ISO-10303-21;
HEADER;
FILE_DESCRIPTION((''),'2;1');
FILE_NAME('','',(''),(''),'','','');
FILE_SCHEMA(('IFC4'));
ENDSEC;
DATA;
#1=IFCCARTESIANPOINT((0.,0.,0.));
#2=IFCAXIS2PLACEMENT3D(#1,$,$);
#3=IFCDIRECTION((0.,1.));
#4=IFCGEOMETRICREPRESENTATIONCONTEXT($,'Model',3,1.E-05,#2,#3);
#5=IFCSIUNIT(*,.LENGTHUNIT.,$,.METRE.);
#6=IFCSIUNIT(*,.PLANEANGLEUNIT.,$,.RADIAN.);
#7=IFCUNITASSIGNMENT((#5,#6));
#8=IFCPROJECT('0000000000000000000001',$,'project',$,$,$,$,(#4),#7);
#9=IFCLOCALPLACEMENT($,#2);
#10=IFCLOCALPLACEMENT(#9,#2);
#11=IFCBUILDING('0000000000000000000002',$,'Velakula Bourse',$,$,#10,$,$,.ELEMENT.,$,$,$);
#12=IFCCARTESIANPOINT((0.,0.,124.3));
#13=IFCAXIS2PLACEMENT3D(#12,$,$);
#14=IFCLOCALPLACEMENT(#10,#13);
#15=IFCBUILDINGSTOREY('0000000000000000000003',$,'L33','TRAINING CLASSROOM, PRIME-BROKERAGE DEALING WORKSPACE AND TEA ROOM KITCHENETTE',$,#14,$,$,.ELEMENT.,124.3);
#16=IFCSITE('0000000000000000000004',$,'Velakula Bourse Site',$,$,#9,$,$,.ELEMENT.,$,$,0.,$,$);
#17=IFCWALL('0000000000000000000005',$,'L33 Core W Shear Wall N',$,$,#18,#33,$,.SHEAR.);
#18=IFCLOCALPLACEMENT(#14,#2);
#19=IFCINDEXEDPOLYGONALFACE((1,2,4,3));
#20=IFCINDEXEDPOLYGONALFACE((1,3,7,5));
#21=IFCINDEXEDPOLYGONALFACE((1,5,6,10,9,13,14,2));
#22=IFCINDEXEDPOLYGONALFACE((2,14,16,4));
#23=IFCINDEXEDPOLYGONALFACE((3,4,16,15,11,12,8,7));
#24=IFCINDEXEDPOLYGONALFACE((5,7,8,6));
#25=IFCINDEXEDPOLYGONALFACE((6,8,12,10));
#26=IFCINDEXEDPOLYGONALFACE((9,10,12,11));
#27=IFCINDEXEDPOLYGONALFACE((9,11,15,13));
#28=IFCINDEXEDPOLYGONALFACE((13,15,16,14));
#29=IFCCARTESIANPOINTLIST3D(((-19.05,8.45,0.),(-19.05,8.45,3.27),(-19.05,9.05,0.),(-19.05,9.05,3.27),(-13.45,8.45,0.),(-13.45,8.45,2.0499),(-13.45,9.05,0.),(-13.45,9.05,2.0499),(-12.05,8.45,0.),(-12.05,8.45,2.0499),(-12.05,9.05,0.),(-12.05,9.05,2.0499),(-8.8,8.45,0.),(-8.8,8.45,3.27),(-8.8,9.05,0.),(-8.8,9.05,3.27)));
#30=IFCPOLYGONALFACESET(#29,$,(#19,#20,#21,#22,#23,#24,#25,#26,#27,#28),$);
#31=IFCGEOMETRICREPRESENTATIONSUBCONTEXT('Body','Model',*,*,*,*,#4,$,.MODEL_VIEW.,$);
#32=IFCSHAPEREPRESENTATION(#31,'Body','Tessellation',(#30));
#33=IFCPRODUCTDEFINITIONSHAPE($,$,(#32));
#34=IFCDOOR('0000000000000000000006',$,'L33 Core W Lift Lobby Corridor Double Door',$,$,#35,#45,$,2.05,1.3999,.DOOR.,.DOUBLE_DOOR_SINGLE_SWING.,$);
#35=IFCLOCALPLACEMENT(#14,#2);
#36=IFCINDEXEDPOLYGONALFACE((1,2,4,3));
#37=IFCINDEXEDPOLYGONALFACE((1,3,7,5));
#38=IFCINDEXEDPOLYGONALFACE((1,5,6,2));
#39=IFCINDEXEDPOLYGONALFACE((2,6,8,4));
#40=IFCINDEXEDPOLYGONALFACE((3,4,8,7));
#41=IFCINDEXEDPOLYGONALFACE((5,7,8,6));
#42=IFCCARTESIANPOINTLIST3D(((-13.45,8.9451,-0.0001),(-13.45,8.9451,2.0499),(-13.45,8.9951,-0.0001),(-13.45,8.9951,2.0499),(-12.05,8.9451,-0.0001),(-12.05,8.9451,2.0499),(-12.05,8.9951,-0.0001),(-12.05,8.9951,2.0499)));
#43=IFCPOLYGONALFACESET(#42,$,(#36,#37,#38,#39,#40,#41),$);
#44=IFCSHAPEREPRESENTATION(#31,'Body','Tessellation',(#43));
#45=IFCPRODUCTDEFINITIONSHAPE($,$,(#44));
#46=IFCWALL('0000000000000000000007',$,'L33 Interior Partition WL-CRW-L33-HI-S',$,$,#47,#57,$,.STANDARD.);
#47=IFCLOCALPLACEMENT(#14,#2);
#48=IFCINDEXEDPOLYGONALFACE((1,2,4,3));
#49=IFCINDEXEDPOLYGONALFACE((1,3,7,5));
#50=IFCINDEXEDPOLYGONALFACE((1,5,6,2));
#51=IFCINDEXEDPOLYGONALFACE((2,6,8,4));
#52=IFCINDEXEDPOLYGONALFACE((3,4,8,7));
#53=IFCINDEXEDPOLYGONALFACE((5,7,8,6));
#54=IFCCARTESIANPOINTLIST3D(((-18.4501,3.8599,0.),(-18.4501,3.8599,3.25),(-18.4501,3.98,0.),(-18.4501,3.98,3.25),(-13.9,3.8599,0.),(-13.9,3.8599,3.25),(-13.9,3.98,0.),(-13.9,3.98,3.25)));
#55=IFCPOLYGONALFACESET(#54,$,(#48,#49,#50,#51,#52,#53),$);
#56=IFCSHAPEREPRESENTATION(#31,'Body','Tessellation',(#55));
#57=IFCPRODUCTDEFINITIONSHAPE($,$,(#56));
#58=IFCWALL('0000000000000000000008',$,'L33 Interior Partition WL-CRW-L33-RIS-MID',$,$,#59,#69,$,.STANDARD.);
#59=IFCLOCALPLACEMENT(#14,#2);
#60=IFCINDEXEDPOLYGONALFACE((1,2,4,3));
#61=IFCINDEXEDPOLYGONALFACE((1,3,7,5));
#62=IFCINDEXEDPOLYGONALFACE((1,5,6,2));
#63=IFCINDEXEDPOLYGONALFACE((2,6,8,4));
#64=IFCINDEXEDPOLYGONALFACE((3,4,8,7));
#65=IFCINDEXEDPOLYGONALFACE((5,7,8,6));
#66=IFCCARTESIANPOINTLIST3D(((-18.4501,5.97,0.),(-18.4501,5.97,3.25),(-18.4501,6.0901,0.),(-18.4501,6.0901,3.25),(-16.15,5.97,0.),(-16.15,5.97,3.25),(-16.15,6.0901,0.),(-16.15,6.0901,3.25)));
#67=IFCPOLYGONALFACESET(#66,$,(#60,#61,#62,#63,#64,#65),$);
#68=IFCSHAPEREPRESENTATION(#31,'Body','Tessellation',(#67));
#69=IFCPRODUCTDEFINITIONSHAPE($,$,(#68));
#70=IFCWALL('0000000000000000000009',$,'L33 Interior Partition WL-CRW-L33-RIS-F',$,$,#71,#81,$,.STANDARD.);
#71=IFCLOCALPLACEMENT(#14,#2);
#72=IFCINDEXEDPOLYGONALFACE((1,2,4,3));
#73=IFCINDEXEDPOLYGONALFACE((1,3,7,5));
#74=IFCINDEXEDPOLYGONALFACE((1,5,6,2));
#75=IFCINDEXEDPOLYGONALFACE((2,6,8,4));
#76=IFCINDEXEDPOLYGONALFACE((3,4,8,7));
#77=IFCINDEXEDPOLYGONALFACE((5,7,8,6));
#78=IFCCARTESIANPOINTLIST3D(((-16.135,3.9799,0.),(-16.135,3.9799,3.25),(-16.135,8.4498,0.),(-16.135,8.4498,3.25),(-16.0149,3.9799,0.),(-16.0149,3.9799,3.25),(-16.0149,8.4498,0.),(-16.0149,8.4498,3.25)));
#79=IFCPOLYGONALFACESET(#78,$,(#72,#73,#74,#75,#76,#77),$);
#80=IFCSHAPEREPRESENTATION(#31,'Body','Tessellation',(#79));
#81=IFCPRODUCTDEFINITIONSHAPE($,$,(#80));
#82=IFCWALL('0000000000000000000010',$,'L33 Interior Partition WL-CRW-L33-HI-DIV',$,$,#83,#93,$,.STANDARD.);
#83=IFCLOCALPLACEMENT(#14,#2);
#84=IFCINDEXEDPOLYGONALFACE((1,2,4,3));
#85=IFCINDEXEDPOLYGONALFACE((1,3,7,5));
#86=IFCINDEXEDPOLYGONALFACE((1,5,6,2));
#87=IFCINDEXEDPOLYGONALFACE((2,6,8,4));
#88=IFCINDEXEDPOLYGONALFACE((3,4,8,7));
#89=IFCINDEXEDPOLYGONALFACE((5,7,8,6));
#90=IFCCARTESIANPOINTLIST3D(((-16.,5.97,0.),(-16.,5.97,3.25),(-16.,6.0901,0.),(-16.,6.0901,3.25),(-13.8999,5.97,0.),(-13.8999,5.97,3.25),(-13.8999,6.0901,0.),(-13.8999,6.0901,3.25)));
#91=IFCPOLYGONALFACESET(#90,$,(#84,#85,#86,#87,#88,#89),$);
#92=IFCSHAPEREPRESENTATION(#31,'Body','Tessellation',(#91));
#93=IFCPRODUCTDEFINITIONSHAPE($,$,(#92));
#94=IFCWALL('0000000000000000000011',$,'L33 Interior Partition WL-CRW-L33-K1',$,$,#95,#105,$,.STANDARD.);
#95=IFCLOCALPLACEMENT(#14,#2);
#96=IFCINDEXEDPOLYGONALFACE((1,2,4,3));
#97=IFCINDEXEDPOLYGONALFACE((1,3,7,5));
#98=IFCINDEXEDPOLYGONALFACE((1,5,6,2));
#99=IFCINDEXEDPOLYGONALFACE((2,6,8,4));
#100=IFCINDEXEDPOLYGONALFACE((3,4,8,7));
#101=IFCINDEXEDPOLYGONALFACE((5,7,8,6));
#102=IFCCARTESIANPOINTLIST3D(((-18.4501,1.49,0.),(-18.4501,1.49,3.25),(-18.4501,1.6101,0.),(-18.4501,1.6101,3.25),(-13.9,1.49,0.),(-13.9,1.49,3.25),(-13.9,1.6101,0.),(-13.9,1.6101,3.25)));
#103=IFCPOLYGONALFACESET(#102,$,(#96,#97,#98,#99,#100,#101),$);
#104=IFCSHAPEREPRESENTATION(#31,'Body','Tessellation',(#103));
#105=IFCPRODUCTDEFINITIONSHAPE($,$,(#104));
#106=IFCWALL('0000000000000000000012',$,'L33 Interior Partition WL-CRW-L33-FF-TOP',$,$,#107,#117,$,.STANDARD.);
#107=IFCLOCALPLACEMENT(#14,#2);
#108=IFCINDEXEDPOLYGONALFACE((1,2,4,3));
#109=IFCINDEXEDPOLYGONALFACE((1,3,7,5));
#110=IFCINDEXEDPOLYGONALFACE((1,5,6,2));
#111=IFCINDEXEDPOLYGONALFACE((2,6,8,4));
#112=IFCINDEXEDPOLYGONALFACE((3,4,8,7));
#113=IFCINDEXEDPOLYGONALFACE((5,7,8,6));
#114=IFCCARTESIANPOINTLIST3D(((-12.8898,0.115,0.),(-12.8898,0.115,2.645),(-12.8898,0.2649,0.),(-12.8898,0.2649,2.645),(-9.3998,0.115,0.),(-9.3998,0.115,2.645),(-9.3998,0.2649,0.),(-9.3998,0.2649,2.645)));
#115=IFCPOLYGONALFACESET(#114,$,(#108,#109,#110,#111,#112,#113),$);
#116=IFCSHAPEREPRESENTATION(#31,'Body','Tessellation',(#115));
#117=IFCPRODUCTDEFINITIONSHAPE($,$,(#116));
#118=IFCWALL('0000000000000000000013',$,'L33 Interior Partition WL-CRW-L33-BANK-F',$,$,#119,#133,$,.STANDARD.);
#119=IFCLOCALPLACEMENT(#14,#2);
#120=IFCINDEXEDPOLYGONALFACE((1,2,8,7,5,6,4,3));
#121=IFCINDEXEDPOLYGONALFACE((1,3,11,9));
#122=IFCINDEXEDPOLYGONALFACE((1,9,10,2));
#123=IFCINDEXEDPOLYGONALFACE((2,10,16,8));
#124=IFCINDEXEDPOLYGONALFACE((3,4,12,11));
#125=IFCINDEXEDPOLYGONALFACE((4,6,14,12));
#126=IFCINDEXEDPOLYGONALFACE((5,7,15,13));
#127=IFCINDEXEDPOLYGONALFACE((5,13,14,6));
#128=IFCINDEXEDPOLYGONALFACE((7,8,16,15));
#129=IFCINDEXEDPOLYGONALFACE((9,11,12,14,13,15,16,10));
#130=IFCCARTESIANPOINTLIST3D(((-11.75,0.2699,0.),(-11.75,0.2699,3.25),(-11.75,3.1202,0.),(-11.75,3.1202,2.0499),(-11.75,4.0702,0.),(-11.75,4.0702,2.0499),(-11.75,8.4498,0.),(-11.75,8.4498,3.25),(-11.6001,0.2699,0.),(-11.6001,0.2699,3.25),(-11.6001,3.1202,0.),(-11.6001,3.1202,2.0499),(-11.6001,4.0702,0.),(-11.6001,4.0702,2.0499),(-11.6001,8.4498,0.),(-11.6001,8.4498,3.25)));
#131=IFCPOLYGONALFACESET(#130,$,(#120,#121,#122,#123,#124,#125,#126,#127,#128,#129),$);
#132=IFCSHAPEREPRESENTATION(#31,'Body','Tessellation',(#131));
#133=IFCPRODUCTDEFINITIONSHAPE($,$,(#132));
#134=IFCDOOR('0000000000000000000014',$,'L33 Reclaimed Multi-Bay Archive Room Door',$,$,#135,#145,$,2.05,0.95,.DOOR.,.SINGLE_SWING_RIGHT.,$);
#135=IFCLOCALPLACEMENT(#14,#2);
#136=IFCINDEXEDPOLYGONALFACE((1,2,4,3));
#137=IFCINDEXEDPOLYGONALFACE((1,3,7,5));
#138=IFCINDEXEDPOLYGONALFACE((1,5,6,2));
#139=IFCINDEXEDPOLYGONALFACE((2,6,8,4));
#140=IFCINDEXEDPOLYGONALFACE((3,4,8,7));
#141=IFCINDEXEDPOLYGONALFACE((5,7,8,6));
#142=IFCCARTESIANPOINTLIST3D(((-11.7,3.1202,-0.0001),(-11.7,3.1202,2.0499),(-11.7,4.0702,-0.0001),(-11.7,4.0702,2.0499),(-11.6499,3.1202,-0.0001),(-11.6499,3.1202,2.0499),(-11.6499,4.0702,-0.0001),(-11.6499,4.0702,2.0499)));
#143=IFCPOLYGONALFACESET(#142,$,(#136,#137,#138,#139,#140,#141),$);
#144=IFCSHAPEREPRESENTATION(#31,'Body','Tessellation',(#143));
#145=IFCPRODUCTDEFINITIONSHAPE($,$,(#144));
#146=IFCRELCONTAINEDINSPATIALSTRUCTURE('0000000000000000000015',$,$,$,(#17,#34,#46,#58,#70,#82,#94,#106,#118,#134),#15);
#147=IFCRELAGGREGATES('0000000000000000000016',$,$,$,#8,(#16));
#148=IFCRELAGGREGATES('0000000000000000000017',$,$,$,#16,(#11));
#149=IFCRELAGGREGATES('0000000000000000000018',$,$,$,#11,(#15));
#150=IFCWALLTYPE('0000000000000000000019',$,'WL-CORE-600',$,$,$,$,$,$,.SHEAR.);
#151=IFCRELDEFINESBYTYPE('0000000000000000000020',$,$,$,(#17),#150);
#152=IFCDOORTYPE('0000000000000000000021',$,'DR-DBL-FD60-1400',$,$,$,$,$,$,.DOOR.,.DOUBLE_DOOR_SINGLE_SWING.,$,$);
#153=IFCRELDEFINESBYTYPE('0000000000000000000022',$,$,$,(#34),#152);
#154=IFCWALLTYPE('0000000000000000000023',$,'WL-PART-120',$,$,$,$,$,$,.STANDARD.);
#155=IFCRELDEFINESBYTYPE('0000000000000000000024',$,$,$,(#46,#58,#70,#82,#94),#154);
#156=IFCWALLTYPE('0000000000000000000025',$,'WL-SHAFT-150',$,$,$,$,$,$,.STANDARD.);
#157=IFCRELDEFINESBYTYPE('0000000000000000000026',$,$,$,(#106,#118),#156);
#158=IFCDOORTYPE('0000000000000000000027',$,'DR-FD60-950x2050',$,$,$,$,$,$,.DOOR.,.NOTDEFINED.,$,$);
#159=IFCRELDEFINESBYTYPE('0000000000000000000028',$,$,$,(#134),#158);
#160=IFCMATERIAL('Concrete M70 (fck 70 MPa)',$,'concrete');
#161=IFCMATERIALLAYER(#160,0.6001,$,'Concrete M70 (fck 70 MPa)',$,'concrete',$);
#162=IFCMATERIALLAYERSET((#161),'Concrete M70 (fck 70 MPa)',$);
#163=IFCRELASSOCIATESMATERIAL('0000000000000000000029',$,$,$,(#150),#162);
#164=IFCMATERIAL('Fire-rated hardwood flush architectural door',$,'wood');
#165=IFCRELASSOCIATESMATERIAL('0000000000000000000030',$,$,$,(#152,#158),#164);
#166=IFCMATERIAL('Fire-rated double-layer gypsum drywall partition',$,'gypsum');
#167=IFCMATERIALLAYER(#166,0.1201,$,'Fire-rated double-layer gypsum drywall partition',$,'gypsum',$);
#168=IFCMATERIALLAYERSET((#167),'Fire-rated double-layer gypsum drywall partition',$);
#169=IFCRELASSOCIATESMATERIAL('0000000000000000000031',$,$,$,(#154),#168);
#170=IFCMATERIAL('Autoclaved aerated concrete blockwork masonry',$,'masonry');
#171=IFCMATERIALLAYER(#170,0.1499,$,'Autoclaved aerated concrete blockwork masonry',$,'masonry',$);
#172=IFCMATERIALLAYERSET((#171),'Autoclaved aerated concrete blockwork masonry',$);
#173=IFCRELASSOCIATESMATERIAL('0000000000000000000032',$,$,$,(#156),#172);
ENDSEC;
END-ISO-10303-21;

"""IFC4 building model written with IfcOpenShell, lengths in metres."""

from ifc_helpers import new_model, si_unit, direction, frame, frame_2d, origin, place, context, subcontext, project, spatial, rectangle, extrude, material, layer, layer_set, type_object, element, fill, save


model = new_model("IFC4")

# Units and contexts
model_context = context("Model", 3, precision=1e-05, world=origin(), true_north=direction((0.0, 1.0)))
body_context = subcontext(model_context, "Body", "Model", "MODEL_VIEW")
ifc_project = project(units=[si_unit("LENGTHUNIT", "METRE"), si_unit("PLANEANGLEUNIT", "RADIAN")], contexts=[model_context])

# Site, building, storey
site_placement = place(None, origin())
site = spatial("IfcSite", under=ifc_project, at=site_placement, Name="Velakula Bourse Site", CompositionType="ELEMENT", RefElevation=0.0)
building_placement = place(site_placement, origin())
building = spatial("IfcBuilding", under=site, at=building_placement, Name="Velakula Bourse", CompositionType="ELEMENT")
storey_placement = place(building_placement, frame((0.0, 0.0, 124.3)))
storey = spatial("IfcBuildingStorey", under=building, at=storey_placement, Name="L33", Description="TRAINING CLASSROOM, PRIME-BROKERAGE DEALING WORKSPACE AND TEA ROOM KITCHENETTE", CompositionType="ELEMENT", Elevation=124.3)

# Shared definitions
ifc_material_1 = material(Name="Concrete M70 (fck 70 MPa)", Category="concrete")

# Wall, opening, door
ifc_layer_1 = layer(ifc_material_1, 0.6001, Name="Concrete M70 (fck 70 MPa)", Category="concrete")
ifc_layer_set_1 = layer_set([ifc_layer_1], Name="Concrete M70 (fck 70 MPa)")
wall_type_1 = type_object("IfcWallType", Name="WL-CORE-600", PredefinedType="SHEAR", material=ifc_layer_set_1)
wall_1_placement = place(storey_placement, frame((-19.05, 8.75, 0.0), z_axis=(0.0, 0.0, 1.0), x_axis=(1.0, 0.0, 0.0)))
wall_1 = element("IfcWall", 1, at=wall_1_placement, inside=storey, type_object=wall_type_1, Name="L33 Core W Shear Wall N", PredefinedType="SHEAR", context=body_context, shape_type="SweptSolid", body=[
    extrude(rectangle(XDim=10.25, YDim=0.6001, at=frame_2d((5.125, 0.0))), origin(), (0.0, 0.0, 1.0), 3.27),
])
opening_1_placement = place(wall_1_placement, frame((5.6001, 0.0, 0.0)))
opening_1 = element("IfcOpeningElement", 2, at=opening_1_placement, cuts=wall_1, PredefinedType="OPENING", context=body_context, shape_type="SweptSolid", body=[
    extrude(rectangle(XDim=1.3999, YDim=2.05, at=frame_2d((0.7, 1.0249))), frame((0.0, 0.3101, 0.0), z_axis=(0.0, -1.0, 0.0), x_axis=(1.0, 0.0, 0.0)), (0.0, 0.0, 1.0), 0.6201),
])
ifc_material_2 = material(Name="Fire-rated hardwood flush architectural door", Category="wood")
door_type_1 = type_object("IfcDoorType", Name="DR-DBL-FD60-1400", OperationType="DOUBLE_DOOR_SINGLE_SWING", PredefinedType="DOOR", material=ifc_material_2)
door_1_placement = place(opening_1_placement, origin())
door_1 = element("IfcDoor", 3, at=door_1_placement, inside=storey, type_object=door_type_1, Name="L33 Core W Lift Lobby Corridor Double Door", OperationType="DOUBLE_DOOR_SINGLE_SWING", OverallHeight=2.05, OverallWidth=1.3999, PredefinedType="DOOR", context=body_context, shape_type="SweptSolid", body=[
    extrude(rectangle(XDim=1.3999, YDim=2.05, at=frame_2d((0.7, 1.0249))), frame((0.0, 0.2451, 0.0), z_axis=(0.0, -1.0, 0.0), x_axis=(1.0, 0.0, 0.0)), (0.0, 0.0, 1.0), 0.05),
])
fill(opening_1, door_1)

# Walls
ifc_material_3 = material(Name="Fire-rated double-layer gypsum drywall partition", Category="gypsum")
ifc_layer_2 = layer(ifc_material_3, 0.1201, Name="Fire-rated double-layer gypsum drywall partition", Category="gypsum")
ifc_layer_set_2 = layer_set([ifc_layer_2], Name="Fire-rated double-layer gypsum drywall partition")
wall_type_2 = type_object("IfcWallType", Name="WL-PART-120", PredefinedType="STANDARD", material=ifc_layer_set_2)
wall_2_placement = place(storey_placement, frame((-18.45, 3.9199, 0.0), z_axis=(0.0, 0.0, 1.0), x_axis=(1.0, 0.0, 0.0)))
element("IfcWall", 4, at=wall_2_placement, inside=storey, type_object=wall_type_2, Name="L33 Interior Partition WL-CRW-L33-HI-S", PredefinedType="STANDARD", context=body_context, shape_type="SweptSolid", body=[
    extrude(rectangle(XDim=4.55, YDim=0.1201, at=frame_2d((2.2749, 0.0))), origin(), (0.0, 0.0, 1.0), 3.25),
])
wall_3_placement = place(storey_placement, frame((-18.45, 6.03, 0.0), z_axis=(0.0, 0.0, 1.0), x_axis=(1.0, 0.0, 0.0)))
element("IfcWall", 5, at=wall_3_placement, inside=storey, type_object=wall_type_2, Name="L33 Interior Partition WL-CRW-L33-RIS-MID", PredefinedType="STANDARD", context=body_context, shape_type="SweptSolid", body=[
    extrude(rectangle(XDim=2.3, YDim=0.1201, at=frame_2d((1.1499, 0.0))), origin(), (0.0, 0.0, 1.0), 3.25),
])
wall_4_placement = place(storey_placement, frame((-16.075, 3.98, 0.0), z_axis=(0.0, 0.0, 1.0), x_axis=(0.0, 1.0, 0.0)))
element("IfcWall", 6, at=wall_4_placement, inside=storey, type_object=wall_type_2, Name="L33 Interior Partition WL-CRW-L33-RIS-F", PredefinedType="STANDARD", context=body_context, shape_type="SweptSolid", body=[
    extrude(rectangle(XDim=4.47, YDim=0.1201, at=frame_2d((2.2349, 0.0))), origin(), (0.0, 0.0, 1.0), 3.25),
])
wall_5_placement = place(storey_placement, frame((-16.0, 6.03, 0.0), z_axis=(0.0, 0.0, 1.0), x_axis=(1.0, 0.0, 0.0)))
element("IfcWall", 7, at=wall_5_placement, inside=storey, type_object=wall_type_2, Name="L33 Interior Partition WL-CRW-L33-HI-DIV", PredefinedType="STANDARD", context=body_context, shape_type="SweptSolid", body=[
    extrude(rectangle(XDim=2.1001, YDim=0.1201, at=frame_2d((1.05, 0.0))), origin(), (0.0, 0.0, 1.0), 3.25),
])
wall_6_placement = place(storey_placement, frame((-18.45, 1.55, 0.0), z_axis=(0.0, 0.0, 1.0), x_axis=(1.0, 0.0, 0.0)))
element("IfcWall", 8, at=wall_6_placement, inside=storey, type_object=wall_type_2, Name="L33 Interior Partition WL-CRW-L33-K1", PredefinedType="STANDARD", context=body_context, shape_type="SweptSolid", body=[
    extrude(rectangle(XDim=4.55, YDim=0.1201, at=frame_2d((2.2749, 0.0))), origin(), (0.0, 0.0, 1.0), 3.25),
])
ifc_material_4 = material(Name="Autoclaved aerated concrete blockwork masonry", Category="masonry")
ifc_layer_3 = layer(ifc_material_4, 0.1499, Name="Autoclaved aerated concrete blockwork masonry", Category="masonry")
ifc_layer_set_3 = layer_set([ifc_layer_3], Name="Autoclaved aerated concrete blockwork masonry")
wall_type_3 = type_object("IfcWallType", Name="WL-SHAFT-150", PredefinedType="STANDARD", material=ifc_layer_set_3)
wall_7_placement = place(storey_placement, frame((-12.8899, 0.1899, 0.0), z_axis=(0.0, 0.0, 1.0), x_axis=(1.0, 0.0, 0.0)))
element("IfcWall", 9, at=wall_7_placement, inside=storey, type_object=wall_type_3, Name="L33 Interior Partition WL-CRW-L33-FF-TOP", PredefinedType="STANDARD", context=body_context, shape_type="SweptSolid", body=[
    extrude(rectangle(XDim=3.49, YDim=0.1499, at=frame_2d((1.7451, 0.0))), origin(), (0.0, 0.0, 1.0), 2.645),
])

# Wall, opening, door
wall_8_placement = place(storey_placement, frame((-11.675, 0.27, 0.0), z_axis=(0.0, 0.0, 1.0), x_axis=(0.0, 1.0, 0.0)))
wall_8 = element("IfcWall", 10, at=wall_8_placement, inside=storey, type_object=wall_type_3, Name="L33 Interior Partition WL-CRW-L33-BANK-F", PredefinedType="STANDARD", context=body_context, shape_type="SweptSolid", body=[
    extrude(rectangle(XDim=8.1799, YDim=0.1499, at=frame_2d((4.0898, 0.0))), origin(), (0.0, 0.0, 1.0), 3.25),
])
opening_2_placement = place(wall_8_placement, frame((2.8501, 0.0, 0.0)))
opening_2 = element("IfcOpeningElement", 11, at=opening_2_placement, cuts=wall_8, PredefinedType="OPENING", context=body_context, shape_type="SweptSolid", body=[
    extrude(rectangle(XDim=0.95, YDim=2.05, at=frame_2d((0.4751, 1.0249))), frame((0.0, 0.085, 0.0), z_axis=(0.0, -1.0, 0.0), x_axis=(1.0, 0.0, 0.0)), (0.0, 0.0, 1.0), 0.1699),
])
door_type_2 = type_object("IfcDoorType", Name="DR-FD60-950x2050", OperationType="NOTDEFINED", PredefinedType="DOOR", material=ifc_material_2)
door_2_placement = place(opening_2_placement, origin())
door_2 = element("IfcDoor", 12, at=door_2_placement, inside=storey, type_object=door_type_2, Name="L33 Reclaimed Multi-Bay Archive Room Door", OperationType="SINGLE_SWING_RIGHT", OverallHeight=2.05, OverallWidth=0.95, PredefinedType="DOOR", context=body_context, shape_type="SweptSolid", body=[
    extrude(rectangle(XDim=0.95, YDim=2.05, at=frame_2d((0.4751, 1.0249))), frame((0.0, 0.0249, 0.0), z_axis=(0.0, -1.0, 0.0), x_axis=(1.0, 0.0, 0.0)), (0.0, 0.0, 1.0), 0.05),
])
fill(opening_2, door_2)

save(model, "model.ifc")
